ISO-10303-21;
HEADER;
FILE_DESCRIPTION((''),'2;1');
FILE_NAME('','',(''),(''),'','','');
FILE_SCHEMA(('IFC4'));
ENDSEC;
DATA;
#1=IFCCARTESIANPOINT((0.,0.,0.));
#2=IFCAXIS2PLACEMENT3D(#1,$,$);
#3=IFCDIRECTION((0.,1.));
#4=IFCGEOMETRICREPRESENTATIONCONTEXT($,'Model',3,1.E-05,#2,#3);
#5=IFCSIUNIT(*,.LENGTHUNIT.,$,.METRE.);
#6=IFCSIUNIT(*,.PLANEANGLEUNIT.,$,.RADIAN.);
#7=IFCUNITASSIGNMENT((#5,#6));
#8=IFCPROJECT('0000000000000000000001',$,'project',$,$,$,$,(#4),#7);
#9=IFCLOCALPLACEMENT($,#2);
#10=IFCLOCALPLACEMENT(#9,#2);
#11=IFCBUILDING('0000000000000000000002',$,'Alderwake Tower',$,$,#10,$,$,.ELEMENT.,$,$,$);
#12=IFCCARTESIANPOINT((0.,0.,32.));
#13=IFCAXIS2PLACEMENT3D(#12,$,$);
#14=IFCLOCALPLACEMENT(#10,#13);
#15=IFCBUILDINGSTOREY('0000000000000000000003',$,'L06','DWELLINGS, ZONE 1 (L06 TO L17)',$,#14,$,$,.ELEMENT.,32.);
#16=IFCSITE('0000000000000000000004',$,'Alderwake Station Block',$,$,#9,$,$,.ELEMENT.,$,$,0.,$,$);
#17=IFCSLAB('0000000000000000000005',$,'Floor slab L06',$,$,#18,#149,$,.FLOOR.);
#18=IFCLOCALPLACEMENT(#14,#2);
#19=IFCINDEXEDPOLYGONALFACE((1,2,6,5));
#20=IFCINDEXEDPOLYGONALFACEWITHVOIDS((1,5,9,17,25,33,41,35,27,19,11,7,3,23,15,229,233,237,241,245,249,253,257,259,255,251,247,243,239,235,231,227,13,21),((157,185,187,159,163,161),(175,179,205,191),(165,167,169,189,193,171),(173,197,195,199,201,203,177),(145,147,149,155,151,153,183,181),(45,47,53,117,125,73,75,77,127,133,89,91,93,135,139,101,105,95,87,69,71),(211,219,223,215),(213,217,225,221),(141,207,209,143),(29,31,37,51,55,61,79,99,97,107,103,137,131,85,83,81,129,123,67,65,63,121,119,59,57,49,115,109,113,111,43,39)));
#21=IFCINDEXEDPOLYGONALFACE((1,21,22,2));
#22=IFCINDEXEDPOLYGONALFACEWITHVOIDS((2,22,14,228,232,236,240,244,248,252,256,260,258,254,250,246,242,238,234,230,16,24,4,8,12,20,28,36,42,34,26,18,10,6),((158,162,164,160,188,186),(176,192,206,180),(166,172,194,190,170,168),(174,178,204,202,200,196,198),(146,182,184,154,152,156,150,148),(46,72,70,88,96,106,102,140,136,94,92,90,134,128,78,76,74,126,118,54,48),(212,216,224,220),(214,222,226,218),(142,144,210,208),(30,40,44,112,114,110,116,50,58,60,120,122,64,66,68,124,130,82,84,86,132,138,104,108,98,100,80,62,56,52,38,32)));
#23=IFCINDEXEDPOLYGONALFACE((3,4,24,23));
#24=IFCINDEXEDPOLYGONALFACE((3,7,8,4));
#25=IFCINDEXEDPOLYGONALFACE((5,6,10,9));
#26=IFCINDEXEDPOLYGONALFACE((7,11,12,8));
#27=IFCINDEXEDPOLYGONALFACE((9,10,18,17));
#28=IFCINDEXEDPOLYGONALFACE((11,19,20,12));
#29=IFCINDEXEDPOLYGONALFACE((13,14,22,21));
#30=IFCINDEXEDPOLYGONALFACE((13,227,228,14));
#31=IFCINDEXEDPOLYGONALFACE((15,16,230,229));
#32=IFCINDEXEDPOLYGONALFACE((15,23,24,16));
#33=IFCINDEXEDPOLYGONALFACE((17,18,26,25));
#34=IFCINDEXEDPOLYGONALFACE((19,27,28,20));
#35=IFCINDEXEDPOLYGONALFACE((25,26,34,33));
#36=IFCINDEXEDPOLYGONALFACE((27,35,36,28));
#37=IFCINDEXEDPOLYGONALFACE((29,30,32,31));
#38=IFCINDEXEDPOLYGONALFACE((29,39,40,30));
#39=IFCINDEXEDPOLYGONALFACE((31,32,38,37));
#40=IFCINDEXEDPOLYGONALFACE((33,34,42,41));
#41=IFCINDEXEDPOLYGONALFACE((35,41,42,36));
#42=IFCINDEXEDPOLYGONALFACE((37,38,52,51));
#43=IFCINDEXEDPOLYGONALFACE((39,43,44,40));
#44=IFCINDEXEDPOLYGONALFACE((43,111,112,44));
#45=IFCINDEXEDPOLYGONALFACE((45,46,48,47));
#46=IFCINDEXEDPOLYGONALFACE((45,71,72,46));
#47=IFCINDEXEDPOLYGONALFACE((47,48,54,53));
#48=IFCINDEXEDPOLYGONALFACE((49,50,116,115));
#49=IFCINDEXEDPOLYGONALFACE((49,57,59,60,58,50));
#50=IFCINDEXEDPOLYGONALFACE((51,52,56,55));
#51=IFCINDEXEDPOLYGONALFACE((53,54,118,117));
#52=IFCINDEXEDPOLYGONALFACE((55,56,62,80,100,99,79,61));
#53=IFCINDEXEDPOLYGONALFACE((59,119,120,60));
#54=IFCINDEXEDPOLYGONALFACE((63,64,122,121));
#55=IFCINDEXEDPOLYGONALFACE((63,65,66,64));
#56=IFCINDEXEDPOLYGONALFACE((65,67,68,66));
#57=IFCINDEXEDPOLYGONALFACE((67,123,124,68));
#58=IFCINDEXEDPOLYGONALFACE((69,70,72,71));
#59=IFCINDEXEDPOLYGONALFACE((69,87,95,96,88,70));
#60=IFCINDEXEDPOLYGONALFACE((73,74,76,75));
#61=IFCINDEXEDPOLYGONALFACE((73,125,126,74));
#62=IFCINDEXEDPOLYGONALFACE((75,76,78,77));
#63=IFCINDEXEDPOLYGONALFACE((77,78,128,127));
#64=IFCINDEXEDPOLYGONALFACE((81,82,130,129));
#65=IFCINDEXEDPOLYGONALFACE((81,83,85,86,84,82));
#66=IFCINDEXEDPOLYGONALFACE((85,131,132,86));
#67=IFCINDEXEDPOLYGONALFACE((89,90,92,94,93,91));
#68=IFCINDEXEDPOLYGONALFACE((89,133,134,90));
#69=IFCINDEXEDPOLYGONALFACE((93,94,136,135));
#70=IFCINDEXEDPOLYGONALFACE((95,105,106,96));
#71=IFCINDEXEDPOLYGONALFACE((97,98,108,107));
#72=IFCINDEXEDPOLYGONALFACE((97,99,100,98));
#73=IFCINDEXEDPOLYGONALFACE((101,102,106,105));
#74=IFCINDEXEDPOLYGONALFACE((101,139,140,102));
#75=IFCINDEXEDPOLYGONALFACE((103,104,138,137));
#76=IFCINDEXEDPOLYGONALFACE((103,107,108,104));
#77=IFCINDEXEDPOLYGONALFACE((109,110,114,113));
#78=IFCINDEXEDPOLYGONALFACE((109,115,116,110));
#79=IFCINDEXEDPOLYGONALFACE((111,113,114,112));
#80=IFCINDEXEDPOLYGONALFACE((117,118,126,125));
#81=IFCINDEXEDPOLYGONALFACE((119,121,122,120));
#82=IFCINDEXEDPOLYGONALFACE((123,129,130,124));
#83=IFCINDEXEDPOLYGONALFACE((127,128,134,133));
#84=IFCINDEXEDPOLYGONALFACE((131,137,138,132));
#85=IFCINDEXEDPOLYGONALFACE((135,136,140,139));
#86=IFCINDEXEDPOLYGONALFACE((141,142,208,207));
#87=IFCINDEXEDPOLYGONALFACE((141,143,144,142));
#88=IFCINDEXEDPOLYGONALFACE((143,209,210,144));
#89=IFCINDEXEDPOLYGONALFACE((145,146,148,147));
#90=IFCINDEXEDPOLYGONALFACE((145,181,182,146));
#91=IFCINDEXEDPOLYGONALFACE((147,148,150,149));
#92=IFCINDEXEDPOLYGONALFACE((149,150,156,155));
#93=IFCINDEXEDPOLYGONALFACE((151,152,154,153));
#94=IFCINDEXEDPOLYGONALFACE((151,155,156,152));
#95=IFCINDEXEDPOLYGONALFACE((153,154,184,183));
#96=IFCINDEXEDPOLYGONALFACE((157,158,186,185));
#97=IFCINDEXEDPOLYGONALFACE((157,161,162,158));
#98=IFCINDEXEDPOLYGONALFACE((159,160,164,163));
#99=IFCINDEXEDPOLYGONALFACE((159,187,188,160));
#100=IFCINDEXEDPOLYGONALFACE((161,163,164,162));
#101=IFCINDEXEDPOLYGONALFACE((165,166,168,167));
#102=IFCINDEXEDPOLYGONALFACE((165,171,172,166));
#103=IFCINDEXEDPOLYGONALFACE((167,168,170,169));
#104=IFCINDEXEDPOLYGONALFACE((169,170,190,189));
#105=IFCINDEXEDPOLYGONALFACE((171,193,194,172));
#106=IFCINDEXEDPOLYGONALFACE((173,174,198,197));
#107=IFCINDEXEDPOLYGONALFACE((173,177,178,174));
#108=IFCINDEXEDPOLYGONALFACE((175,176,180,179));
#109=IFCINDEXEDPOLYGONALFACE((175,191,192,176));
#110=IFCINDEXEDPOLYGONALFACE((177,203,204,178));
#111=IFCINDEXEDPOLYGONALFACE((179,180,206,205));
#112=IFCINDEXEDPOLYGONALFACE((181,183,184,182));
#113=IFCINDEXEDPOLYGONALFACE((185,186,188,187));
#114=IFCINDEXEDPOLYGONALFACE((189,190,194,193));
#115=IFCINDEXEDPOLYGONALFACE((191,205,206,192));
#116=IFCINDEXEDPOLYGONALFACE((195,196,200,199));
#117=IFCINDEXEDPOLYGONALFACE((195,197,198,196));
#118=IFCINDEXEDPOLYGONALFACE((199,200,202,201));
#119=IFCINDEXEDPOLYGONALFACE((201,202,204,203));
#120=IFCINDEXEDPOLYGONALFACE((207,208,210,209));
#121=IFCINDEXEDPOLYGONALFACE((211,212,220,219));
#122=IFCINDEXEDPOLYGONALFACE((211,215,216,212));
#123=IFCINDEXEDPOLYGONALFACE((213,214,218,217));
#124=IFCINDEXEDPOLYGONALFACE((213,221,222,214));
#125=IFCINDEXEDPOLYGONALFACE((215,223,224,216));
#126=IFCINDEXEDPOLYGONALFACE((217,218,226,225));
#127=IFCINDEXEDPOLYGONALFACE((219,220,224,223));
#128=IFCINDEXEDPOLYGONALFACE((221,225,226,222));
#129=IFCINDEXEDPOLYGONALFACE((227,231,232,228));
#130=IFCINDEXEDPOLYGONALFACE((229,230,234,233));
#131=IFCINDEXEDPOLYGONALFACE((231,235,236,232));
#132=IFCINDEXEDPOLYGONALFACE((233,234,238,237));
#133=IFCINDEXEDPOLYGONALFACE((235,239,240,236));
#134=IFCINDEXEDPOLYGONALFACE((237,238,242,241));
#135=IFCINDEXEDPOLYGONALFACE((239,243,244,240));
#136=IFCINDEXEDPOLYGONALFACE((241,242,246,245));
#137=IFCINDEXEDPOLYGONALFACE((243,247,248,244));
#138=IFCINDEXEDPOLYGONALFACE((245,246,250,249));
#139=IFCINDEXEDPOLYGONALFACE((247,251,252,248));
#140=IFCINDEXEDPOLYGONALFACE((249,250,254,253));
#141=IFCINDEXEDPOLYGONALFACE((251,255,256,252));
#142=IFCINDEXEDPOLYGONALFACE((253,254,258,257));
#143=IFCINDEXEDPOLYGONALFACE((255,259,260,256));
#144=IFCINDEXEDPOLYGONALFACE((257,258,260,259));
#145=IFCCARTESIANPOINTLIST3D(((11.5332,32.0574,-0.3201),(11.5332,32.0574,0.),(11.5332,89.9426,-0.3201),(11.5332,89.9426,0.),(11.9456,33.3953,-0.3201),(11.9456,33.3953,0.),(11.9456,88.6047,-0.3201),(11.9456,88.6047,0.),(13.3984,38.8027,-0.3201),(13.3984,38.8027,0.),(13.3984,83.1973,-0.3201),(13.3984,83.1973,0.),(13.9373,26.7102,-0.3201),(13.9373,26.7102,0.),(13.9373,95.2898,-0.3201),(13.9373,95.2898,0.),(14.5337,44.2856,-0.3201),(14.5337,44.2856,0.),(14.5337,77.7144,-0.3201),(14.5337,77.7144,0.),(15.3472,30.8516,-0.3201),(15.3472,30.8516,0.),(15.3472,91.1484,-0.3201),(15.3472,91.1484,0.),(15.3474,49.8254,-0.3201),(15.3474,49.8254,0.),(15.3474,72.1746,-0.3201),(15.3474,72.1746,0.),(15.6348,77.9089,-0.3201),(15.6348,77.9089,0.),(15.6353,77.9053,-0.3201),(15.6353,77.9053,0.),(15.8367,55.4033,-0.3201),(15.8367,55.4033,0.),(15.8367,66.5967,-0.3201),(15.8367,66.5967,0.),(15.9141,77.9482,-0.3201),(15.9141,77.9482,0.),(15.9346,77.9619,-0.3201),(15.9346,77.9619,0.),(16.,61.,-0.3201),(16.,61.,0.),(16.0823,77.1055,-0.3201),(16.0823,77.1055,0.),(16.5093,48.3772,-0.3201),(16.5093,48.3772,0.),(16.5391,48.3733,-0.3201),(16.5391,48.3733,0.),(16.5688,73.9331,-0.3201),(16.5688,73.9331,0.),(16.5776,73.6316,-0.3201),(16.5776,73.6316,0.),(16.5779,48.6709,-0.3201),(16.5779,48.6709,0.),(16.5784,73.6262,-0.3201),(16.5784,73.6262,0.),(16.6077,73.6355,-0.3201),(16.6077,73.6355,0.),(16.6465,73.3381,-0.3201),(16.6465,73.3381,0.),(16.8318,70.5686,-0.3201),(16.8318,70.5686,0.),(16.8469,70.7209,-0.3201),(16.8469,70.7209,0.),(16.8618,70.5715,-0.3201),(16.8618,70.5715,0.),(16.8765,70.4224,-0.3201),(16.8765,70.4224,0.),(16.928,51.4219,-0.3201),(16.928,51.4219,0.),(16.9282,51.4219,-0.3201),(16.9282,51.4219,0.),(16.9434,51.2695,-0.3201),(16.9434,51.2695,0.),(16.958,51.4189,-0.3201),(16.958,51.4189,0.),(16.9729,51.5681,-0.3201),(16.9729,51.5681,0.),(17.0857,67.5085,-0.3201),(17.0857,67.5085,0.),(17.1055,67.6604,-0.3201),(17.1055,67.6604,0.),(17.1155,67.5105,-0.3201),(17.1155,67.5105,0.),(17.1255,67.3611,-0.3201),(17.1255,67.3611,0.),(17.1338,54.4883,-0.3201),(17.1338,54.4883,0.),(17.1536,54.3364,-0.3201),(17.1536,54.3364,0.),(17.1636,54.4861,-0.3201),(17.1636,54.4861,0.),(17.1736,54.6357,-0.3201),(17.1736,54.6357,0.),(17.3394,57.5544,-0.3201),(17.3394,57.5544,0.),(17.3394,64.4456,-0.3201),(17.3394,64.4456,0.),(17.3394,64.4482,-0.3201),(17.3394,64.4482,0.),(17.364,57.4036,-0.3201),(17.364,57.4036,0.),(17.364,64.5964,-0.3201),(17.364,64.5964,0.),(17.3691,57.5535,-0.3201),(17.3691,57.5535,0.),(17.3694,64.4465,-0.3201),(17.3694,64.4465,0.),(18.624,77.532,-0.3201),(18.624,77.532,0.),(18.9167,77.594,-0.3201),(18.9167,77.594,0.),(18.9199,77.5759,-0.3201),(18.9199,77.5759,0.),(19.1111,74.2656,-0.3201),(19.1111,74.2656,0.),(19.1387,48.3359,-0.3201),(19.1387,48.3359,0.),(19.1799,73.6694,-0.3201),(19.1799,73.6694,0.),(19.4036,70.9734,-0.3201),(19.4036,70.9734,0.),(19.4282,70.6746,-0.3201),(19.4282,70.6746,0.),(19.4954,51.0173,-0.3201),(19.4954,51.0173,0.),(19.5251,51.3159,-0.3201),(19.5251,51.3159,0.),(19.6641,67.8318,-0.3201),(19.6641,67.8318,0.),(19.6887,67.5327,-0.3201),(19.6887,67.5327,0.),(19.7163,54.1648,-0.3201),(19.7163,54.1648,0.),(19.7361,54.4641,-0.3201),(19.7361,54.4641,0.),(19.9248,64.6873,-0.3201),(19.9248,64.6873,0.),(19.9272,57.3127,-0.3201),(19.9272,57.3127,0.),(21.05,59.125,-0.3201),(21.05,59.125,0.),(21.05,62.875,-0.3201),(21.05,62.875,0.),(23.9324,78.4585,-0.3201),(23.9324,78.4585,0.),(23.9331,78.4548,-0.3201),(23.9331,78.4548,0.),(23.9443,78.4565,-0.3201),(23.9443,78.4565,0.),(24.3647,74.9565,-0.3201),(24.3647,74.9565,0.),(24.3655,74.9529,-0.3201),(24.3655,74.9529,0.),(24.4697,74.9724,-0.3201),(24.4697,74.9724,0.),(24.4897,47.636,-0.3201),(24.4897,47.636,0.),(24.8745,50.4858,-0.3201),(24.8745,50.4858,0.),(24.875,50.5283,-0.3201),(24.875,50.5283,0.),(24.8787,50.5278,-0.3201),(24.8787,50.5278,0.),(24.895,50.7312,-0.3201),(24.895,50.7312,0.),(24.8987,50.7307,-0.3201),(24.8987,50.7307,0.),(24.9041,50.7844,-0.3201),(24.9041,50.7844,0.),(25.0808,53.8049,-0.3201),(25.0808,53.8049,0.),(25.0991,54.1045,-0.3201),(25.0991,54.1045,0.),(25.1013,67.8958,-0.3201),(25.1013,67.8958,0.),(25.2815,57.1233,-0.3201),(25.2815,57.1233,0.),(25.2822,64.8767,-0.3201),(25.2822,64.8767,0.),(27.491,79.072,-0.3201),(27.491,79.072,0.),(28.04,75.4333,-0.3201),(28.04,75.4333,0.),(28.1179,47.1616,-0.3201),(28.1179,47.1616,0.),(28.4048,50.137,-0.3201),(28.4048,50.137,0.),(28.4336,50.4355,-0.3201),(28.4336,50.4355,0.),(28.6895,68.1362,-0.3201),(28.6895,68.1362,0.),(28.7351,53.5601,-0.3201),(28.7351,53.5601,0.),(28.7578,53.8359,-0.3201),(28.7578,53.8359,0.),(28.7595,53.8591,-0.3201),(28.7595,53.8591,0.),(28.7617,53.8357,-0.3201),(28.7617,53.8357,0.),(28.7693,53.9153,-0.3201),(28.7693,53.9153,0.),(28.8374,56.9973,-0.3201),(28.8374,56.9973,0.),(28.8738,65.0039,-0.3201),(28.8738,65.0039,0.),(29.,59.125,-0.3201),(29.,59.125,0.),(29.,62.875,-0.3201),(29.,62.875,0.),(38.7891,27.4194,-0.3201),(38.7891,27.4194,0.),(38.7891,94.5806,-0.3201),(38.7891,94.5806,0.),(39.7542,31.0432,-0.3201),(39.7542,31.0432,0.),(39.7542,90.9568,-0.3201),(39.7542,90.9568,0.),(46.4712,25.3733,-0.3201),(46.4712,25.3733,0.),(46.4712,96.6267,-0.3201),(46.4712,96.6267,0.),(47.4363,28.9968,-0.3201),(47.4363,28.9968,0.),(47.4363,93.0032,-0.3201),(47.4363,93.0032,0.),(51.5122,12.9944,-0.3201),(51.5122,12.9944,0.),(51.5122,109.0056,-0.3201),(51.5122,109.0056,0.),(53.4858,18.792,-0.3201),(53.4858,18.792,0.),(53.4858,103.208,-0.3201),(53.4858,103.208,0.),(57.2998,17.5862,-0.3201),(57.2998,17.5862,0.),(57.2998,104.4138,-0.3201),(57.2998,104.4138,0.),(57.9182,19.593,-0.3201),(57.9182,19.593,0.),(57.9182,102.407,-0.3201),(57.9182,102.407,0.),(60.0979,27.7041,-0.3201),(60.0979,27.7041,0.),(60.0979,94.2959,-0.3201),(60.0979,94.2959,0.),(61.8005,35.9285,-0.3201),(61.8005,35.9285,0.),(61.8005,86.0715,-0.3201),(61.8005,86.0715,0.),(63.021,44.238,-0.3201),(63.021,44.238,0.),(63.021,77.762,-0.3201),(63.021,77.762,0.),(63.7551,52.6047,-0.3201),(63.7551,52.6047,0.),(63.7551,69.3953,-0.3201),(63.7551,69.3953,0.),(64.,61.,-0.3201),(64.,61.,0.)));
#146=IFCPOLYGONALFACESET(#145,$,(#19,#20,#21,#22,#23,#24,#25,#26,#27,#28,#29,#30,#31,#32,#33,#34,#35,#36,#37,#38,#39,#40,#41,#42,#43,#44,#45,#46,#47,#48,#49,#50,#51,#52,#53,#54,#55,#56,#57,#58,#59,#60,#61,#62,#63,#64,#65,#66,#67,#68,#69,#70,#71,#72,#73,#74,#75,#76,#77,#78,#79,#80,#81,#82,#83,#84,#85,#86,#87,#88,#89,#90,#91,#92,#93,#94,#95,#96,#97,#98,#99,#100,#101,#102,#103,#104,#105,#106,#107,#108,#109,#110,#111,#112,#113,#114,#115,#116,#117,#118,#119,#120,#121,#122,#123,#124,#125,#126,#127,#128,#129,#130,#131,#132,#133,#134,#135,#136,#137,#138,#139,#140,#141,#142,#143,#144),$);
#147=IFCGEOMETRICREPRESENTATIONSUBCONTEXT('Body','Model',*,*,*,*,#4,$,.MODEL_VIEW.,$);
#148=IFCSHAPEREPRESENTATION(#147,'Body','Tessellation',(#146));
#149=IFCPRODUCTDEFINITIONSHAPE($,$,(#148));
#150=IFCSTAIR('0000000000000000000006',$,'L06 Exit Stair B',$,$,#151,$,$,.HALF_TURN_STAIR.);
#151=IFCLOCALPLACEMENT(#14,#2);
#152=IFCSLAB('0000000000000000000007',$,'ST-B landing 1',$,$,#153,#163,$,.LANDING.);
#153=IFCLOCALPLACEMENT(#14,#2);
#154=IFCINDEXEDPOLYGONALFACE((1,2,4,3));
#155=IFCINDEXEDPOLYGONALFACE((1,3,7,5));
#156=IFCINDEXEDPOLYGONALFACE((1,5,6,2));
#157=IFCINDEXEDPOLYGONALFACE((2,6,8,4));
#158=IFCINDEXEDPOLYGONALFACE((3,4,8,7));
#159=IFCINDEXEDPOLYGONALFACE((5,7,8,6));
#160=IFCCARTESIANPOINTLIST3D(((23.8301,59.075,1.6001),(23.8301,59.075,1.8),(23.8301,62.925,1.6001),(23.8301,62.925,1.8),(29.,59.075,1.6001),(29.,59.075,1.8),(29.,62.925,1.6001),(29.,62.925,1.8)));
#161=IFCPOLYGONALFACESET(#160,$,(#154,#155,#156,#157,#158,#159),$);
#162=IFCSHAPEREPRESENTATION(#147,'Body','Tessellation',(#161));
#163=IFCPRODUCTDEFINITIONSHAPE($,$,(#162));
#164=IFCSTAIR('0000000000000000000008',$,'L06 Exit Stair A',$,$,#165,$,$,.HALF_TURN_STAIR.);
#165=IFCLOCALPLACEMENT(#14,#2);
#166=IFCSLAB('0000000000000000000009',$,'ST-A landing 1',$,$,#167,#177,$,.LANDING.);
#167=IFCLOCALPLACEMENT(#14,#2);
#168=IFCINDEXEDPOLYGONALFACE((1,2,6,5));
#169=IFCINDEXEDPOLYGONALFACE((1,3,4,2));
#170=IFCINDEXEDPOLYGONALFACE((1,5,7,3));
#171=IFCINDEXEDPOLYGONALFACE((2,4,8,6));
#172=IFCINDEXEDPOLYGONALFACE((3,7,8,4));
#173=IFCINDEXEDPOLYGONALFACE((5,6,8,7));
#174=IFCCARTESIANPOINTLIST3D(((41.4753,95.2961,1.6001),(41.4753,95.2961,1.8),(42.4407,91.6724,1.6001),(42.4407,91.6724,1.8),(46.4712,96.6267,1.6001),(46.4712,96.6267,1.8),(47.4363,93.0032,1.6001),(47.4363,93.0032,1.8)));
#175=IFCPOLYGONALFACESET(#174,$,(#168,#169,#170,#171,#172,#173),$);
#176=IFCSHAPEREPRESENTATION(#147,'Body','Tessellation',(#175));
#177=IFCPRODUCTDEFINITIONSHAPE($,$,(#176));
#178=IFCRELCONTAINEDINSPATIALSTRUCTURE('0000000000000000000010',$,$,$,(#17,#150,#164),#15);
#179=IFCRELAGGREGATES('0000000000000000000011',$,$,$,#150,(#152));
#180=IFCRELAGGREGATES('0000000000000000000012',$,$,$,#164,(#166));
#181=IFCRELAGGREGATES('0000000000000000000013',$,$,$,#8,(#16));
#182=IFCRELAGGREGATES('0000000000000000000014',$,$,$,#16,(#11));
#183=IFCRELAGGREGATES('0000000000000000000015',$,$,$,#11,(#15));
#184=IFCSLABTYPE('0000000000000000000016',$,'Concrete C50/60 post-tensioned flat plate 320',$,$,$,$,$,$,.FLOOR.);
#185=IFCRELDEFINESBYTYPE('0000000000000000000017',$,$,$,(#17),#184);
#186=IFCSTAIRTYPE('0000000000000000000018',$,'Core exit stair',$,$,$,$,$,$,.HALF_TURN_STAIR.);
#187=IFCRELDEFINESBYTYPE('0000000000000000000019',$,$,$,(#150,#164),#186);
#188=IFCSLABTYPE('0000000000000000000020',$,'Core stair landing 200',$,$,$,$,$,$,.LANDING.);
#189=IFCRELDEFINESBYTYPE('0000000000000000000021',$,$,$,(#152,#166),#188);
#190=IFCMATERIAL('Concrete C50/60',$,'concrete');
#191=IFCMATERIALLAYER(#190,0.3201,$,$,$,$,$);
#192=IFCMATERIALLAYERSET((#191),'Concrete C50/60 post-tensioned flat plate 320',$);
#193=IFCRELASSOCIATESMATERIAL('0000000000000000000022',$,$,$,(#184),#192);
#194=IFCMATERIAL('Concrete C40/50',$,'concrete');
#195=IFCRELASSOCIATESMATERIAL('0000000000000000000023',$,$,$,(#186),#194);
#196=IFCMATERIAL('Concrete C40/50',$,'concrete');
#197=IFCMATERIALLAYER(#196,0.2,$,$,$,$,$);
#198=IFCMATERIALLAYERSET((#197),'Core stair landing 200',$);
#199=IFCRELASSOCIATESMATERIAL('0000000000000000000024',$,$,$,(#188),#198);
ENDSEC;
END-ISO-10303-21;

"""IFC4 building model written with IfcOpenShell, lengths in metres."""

from ifc_helpers import new_model, si_unit, direction, frame, origin, place, context, subcontext, project, spatial, polyline, outline, extrude, material, layer, layer_set, type_object, element, aggregate, save


model = new_model("IFC4")

# Units and contexts
model_context = context("Model", 3, precision=1e-05, world=origin(), true_north=direction((0.0, 1.0)))
body_context = subcontext(model_context, "Body", "Model", "MODEL_VIEW")
ifc_project = project(units=[si_unit("LENGTHUNIT", "METRE"), si_unit("PLANEANGLEUNIT", "RADIAN")], contexts=[model_context])

# Site, building, storey
site_placement = place(None, origin())
site = spatial("IfcSite", under=ifc_project, at=site_placement, Name="Alderwake Station Block", CompositionType="ELEMENT", RefElevation=0.0)
building_placement = place(site_placement, origin())
building = spatial("IfcBuilding", under=site, at=building_placement, Name="Alderwake Tower", CompositionType="ELEMENT")
storey_placement = place(building_placement, frame((0.0, 0.0, 32.0)))
storey = spatial("IfcBuildingStorey", under=building, at=storey_placement, Name="L06", Description="DWELLINGS, ZONE 1 (L06 TO L17)", CompositionType="ELEMENT", Elevation=32.0)

# Slab
ifc_material_1 = material(Name="Concrete C50/60", Category="concrete")
ifc_layer_1 = layer(ifc_material_1, 0.3201)
ifc_layer_set_1 = layer_set([ifc_layer_1], Name="Concrete C50/60 post-tensioned flat plate 320")
slab_type_1 = type_object("IfcSlabType", Name="Concrete C50/60 post-tensioned flat plate 320", PredefinedType="FLOOR", material=ifc_layer_set_1)
slab_1_placement = place(storey_placement, frame((0.0, 0.0, -0.3201)))
element("IfcSlab", 1, at=slab_1_placement, inside=storey, type_object=slab_type_1, Name="Floor slab L06", PredefinedType="FLOOR", context=body_context, shape_type="SweptSolid", body=[
    extrude(outline(polyline([(15.3472, 30.8516), (11.5332, 32.0574), (11.9456, 33.3953), (13.3984, 38.8027), (14.5337, 44.2856), (15.3474, 49.8254), (15.8367, 55.4033), (16.0, 61.0), (15.8367, 66.5967), (15.3474, 72.1746), (14.5337, 77.7144), (13.3984, 83.1973), (11.9456, 88.6047), (11.5332, 89.9426), (15.3472, 91.1484), (13.9373, 95.2898), (51.5122, 109.0056), (53.4858, 103.208), (57.2998, 104.4138), (57.9182, 102.407), (60.0979, 94.2959), (61.8005, 86.0715), (63.021, 77.762), (63.7551, 69.3953), (64.0, 61.0), (63.7551, 52.6047), (63.021, 44.238), (61.8005, 35.9285), (60.0979, 27.7041), (57.9182, 19.593), (57.2998, 17.5862), (53.4858, 18.792), (51.5122, 12.9944), (13.9373, 26.7102), (15.3472, 30.8516)]), holes=[polyline([(19.4954, 51.0173), (16.9434, 51.2695), (16.958, 51.4189), (16.9729, 51.5681), (19.5251, 51.3159), (19.7163, 54.1648), (17.1536, 54.3364), (17.1636, 54.4861), (17.1736, 54.6357), (19.7361, 54.4641), (19.9272, 57.3127), (17.364, 57.4036), (17.3691, 57.5535), (17.3394, 57.5544), (17.1338, 54.4883), (16.928, 51.4219), (16.9282, 51.4219), (16.5093, 48.3772), (16.5391, 48.3733), (16.5779, 48.6709), (19.1387, 48.3359), (19.4954, 51.0173)]), polyline([(29.0, 59.125), (29.0, 62.875), (21.05, 62.875), (21.05, 59.125), (29.0, 59.125)]), polyline([(19.9248, 64.6873), (19.6887, 67.5327), (17.1255, 67.3611), (17.1155, 67.5105), (17.1055, 67.6604), (19.6641, 67.8318), (19.4282, 70.6746), (16.8765, 70.4224), (16.8618, 70.5715), (16.8469, 70.7209), (19.4036, 70.9734), (19.1799, 73.6694), (16.6465, 73.3381), (16.6077, 73.6355), (16.5688, 73.9331), (19.1111, 74.2656), (18.624, 77.532), (18.9199, 77.5759), (18.9167, 77.594), (16.0823, 77.1055), (15.9346, 77.9619), (15.6348, 77.9089), (15.6353, 77.9053), (15.9141, 77.9482), (16.5776, 73.6316), (16.5784, 73.6262), (16.8318, 70.5686), (17.0857, 67.5085), (17.3394, 64.4482), (17.3394, 64.4456), (17.3694, 64.4465), (17.364, 64.5964), (19.9248, 64.6873)]), polyline([(46.4712, 25.3733), (47.4363, 28.9968), (39.7542, 31.0432), (38.7891, 27.4194), (46.4712, 25.3733)]), polyline([(28.4048, 50.137), (24.8745, 50.4858), (24.8787, 50.5278), (24.875, 50.5283), (24.4897, 47.636), (28.1179, 47.1616), (28.4048, 50.137)]), polyline([(28.7351, 53.5601), (25.0808, 53.8049), (24.895, 50.7312), (24.8987, 50.7307), (24.9041, 50.7844), (28.4336, 50.4355), (28.7351, 53.5601)]), polyline([(28.7693, 53.9153), (28.8374, 56.9973), (25.2815, 57.1233), (25.0991, 54.1045), (28.7595, 53.8591), (28.7578, 53.8359), (28.7617, 53.8357), (28.7693, 53.9153)]), polyline([(25.2822, 64.8767), (28.8738, 65.0039), (28.6895, 68.1362), (25.1013, 67.8958), (25.2822, 64.8767)]), polyline([(28.04, 75.4333), (27.491, 79.072), (23.9324, 78.4585), (23.9331, 78.4548), (23.9443, 78.4565), (24.4697, 74.9724), (24.3647, 74.9565), (24.3655, 74.9529), (28.04, 75.4333)]), polyline([(47.4363, 93.0032), (46.4712, 96.6267), (38.7891, 94.5806), (39.7542, 90.9568), (47.4363, 93.0032)])]), origin(), (0.0, 0.0, 1.0), 0.3201),
])

# Stairs, slabs
ifc_material_2 = material(Name="Concrete C40/50", Category="concrete")
stair_type = type_object("IfcStairType", Name="Core exit stair", PredefinedType="HALF_TURN_STAIR", material=ifc_material_2)
stair_1_placement = place(storey_placement, origin())
stair_1 = element("IfcStair", 2, at=stair_1_placement, inside=storey, type_object=stair_type, Name="L06 Exit Stair B", PredefinedType="HALF_TURN_STAIR")
ifc_material_3 = material(Name="Concrete C40/50", Category="concrete")
ifc_layer_2 = layer(ifc_material_3, 0.2)
ifc_layer_set_2 = layer_set([ifc_layer_2], Name="Core stair landing 200")
slab_type_2 = type_object("IfcSlabType", Name="Core stair landing 200", PredefinedType="LANDING", material=ifc_layer_set_2)
slab_2_placement = place(storey_placement, frame((0.0, 0.0, 1.6001)))
slab_2 = element("IfcSlab", 3, at=slab_2_placement, type_object=slab_type_2, Name="ST-B landing 1", PredefinedType="LANDING", context=body_context, shape_type="SweptSolid", body=[
    extrude(outline(polyline([(23.8301, 59.075), (29.0, 59.075), (29.0, 62.925), (23.8301, 62.925), (23.8301, 59.075)])), origin(), (0.0, 0.0, 1.0), 0.2),
])
aggregate(stair_1, [slab_2])
stair_2_placement = place(storey_placement, origin())
stair_2 = element("IfcStair", 4, at=stair_2_placement, inside=storey, type_object=stair_type, Name="L06 Exit Stair A", PredefinedType="HALF_TURN_STAIR")
slab_3_placement = place(storey_placement, frame((0.0, 0.0, 1.6001)))
slab_3 = element("IfcSlab", 5, at=slab_3_placement, type_object=slab_type_2, Name="ST-A landing 1", PredefinedType="LANDING", context=body_context, shape_type="SweptSolid", body=[
    extrude(outline(polyline([(42.4407, 91.6724), (47.4363, 93.0032), (46.4712, 96.6267), (41.4753, 95.2961), (42.4407, 91.6724)])), origin(), (0.0, 0.0, 1.0), 0.2),
])
aggregate(stair_2, [slab_3])

save(model, "model.ifc")
